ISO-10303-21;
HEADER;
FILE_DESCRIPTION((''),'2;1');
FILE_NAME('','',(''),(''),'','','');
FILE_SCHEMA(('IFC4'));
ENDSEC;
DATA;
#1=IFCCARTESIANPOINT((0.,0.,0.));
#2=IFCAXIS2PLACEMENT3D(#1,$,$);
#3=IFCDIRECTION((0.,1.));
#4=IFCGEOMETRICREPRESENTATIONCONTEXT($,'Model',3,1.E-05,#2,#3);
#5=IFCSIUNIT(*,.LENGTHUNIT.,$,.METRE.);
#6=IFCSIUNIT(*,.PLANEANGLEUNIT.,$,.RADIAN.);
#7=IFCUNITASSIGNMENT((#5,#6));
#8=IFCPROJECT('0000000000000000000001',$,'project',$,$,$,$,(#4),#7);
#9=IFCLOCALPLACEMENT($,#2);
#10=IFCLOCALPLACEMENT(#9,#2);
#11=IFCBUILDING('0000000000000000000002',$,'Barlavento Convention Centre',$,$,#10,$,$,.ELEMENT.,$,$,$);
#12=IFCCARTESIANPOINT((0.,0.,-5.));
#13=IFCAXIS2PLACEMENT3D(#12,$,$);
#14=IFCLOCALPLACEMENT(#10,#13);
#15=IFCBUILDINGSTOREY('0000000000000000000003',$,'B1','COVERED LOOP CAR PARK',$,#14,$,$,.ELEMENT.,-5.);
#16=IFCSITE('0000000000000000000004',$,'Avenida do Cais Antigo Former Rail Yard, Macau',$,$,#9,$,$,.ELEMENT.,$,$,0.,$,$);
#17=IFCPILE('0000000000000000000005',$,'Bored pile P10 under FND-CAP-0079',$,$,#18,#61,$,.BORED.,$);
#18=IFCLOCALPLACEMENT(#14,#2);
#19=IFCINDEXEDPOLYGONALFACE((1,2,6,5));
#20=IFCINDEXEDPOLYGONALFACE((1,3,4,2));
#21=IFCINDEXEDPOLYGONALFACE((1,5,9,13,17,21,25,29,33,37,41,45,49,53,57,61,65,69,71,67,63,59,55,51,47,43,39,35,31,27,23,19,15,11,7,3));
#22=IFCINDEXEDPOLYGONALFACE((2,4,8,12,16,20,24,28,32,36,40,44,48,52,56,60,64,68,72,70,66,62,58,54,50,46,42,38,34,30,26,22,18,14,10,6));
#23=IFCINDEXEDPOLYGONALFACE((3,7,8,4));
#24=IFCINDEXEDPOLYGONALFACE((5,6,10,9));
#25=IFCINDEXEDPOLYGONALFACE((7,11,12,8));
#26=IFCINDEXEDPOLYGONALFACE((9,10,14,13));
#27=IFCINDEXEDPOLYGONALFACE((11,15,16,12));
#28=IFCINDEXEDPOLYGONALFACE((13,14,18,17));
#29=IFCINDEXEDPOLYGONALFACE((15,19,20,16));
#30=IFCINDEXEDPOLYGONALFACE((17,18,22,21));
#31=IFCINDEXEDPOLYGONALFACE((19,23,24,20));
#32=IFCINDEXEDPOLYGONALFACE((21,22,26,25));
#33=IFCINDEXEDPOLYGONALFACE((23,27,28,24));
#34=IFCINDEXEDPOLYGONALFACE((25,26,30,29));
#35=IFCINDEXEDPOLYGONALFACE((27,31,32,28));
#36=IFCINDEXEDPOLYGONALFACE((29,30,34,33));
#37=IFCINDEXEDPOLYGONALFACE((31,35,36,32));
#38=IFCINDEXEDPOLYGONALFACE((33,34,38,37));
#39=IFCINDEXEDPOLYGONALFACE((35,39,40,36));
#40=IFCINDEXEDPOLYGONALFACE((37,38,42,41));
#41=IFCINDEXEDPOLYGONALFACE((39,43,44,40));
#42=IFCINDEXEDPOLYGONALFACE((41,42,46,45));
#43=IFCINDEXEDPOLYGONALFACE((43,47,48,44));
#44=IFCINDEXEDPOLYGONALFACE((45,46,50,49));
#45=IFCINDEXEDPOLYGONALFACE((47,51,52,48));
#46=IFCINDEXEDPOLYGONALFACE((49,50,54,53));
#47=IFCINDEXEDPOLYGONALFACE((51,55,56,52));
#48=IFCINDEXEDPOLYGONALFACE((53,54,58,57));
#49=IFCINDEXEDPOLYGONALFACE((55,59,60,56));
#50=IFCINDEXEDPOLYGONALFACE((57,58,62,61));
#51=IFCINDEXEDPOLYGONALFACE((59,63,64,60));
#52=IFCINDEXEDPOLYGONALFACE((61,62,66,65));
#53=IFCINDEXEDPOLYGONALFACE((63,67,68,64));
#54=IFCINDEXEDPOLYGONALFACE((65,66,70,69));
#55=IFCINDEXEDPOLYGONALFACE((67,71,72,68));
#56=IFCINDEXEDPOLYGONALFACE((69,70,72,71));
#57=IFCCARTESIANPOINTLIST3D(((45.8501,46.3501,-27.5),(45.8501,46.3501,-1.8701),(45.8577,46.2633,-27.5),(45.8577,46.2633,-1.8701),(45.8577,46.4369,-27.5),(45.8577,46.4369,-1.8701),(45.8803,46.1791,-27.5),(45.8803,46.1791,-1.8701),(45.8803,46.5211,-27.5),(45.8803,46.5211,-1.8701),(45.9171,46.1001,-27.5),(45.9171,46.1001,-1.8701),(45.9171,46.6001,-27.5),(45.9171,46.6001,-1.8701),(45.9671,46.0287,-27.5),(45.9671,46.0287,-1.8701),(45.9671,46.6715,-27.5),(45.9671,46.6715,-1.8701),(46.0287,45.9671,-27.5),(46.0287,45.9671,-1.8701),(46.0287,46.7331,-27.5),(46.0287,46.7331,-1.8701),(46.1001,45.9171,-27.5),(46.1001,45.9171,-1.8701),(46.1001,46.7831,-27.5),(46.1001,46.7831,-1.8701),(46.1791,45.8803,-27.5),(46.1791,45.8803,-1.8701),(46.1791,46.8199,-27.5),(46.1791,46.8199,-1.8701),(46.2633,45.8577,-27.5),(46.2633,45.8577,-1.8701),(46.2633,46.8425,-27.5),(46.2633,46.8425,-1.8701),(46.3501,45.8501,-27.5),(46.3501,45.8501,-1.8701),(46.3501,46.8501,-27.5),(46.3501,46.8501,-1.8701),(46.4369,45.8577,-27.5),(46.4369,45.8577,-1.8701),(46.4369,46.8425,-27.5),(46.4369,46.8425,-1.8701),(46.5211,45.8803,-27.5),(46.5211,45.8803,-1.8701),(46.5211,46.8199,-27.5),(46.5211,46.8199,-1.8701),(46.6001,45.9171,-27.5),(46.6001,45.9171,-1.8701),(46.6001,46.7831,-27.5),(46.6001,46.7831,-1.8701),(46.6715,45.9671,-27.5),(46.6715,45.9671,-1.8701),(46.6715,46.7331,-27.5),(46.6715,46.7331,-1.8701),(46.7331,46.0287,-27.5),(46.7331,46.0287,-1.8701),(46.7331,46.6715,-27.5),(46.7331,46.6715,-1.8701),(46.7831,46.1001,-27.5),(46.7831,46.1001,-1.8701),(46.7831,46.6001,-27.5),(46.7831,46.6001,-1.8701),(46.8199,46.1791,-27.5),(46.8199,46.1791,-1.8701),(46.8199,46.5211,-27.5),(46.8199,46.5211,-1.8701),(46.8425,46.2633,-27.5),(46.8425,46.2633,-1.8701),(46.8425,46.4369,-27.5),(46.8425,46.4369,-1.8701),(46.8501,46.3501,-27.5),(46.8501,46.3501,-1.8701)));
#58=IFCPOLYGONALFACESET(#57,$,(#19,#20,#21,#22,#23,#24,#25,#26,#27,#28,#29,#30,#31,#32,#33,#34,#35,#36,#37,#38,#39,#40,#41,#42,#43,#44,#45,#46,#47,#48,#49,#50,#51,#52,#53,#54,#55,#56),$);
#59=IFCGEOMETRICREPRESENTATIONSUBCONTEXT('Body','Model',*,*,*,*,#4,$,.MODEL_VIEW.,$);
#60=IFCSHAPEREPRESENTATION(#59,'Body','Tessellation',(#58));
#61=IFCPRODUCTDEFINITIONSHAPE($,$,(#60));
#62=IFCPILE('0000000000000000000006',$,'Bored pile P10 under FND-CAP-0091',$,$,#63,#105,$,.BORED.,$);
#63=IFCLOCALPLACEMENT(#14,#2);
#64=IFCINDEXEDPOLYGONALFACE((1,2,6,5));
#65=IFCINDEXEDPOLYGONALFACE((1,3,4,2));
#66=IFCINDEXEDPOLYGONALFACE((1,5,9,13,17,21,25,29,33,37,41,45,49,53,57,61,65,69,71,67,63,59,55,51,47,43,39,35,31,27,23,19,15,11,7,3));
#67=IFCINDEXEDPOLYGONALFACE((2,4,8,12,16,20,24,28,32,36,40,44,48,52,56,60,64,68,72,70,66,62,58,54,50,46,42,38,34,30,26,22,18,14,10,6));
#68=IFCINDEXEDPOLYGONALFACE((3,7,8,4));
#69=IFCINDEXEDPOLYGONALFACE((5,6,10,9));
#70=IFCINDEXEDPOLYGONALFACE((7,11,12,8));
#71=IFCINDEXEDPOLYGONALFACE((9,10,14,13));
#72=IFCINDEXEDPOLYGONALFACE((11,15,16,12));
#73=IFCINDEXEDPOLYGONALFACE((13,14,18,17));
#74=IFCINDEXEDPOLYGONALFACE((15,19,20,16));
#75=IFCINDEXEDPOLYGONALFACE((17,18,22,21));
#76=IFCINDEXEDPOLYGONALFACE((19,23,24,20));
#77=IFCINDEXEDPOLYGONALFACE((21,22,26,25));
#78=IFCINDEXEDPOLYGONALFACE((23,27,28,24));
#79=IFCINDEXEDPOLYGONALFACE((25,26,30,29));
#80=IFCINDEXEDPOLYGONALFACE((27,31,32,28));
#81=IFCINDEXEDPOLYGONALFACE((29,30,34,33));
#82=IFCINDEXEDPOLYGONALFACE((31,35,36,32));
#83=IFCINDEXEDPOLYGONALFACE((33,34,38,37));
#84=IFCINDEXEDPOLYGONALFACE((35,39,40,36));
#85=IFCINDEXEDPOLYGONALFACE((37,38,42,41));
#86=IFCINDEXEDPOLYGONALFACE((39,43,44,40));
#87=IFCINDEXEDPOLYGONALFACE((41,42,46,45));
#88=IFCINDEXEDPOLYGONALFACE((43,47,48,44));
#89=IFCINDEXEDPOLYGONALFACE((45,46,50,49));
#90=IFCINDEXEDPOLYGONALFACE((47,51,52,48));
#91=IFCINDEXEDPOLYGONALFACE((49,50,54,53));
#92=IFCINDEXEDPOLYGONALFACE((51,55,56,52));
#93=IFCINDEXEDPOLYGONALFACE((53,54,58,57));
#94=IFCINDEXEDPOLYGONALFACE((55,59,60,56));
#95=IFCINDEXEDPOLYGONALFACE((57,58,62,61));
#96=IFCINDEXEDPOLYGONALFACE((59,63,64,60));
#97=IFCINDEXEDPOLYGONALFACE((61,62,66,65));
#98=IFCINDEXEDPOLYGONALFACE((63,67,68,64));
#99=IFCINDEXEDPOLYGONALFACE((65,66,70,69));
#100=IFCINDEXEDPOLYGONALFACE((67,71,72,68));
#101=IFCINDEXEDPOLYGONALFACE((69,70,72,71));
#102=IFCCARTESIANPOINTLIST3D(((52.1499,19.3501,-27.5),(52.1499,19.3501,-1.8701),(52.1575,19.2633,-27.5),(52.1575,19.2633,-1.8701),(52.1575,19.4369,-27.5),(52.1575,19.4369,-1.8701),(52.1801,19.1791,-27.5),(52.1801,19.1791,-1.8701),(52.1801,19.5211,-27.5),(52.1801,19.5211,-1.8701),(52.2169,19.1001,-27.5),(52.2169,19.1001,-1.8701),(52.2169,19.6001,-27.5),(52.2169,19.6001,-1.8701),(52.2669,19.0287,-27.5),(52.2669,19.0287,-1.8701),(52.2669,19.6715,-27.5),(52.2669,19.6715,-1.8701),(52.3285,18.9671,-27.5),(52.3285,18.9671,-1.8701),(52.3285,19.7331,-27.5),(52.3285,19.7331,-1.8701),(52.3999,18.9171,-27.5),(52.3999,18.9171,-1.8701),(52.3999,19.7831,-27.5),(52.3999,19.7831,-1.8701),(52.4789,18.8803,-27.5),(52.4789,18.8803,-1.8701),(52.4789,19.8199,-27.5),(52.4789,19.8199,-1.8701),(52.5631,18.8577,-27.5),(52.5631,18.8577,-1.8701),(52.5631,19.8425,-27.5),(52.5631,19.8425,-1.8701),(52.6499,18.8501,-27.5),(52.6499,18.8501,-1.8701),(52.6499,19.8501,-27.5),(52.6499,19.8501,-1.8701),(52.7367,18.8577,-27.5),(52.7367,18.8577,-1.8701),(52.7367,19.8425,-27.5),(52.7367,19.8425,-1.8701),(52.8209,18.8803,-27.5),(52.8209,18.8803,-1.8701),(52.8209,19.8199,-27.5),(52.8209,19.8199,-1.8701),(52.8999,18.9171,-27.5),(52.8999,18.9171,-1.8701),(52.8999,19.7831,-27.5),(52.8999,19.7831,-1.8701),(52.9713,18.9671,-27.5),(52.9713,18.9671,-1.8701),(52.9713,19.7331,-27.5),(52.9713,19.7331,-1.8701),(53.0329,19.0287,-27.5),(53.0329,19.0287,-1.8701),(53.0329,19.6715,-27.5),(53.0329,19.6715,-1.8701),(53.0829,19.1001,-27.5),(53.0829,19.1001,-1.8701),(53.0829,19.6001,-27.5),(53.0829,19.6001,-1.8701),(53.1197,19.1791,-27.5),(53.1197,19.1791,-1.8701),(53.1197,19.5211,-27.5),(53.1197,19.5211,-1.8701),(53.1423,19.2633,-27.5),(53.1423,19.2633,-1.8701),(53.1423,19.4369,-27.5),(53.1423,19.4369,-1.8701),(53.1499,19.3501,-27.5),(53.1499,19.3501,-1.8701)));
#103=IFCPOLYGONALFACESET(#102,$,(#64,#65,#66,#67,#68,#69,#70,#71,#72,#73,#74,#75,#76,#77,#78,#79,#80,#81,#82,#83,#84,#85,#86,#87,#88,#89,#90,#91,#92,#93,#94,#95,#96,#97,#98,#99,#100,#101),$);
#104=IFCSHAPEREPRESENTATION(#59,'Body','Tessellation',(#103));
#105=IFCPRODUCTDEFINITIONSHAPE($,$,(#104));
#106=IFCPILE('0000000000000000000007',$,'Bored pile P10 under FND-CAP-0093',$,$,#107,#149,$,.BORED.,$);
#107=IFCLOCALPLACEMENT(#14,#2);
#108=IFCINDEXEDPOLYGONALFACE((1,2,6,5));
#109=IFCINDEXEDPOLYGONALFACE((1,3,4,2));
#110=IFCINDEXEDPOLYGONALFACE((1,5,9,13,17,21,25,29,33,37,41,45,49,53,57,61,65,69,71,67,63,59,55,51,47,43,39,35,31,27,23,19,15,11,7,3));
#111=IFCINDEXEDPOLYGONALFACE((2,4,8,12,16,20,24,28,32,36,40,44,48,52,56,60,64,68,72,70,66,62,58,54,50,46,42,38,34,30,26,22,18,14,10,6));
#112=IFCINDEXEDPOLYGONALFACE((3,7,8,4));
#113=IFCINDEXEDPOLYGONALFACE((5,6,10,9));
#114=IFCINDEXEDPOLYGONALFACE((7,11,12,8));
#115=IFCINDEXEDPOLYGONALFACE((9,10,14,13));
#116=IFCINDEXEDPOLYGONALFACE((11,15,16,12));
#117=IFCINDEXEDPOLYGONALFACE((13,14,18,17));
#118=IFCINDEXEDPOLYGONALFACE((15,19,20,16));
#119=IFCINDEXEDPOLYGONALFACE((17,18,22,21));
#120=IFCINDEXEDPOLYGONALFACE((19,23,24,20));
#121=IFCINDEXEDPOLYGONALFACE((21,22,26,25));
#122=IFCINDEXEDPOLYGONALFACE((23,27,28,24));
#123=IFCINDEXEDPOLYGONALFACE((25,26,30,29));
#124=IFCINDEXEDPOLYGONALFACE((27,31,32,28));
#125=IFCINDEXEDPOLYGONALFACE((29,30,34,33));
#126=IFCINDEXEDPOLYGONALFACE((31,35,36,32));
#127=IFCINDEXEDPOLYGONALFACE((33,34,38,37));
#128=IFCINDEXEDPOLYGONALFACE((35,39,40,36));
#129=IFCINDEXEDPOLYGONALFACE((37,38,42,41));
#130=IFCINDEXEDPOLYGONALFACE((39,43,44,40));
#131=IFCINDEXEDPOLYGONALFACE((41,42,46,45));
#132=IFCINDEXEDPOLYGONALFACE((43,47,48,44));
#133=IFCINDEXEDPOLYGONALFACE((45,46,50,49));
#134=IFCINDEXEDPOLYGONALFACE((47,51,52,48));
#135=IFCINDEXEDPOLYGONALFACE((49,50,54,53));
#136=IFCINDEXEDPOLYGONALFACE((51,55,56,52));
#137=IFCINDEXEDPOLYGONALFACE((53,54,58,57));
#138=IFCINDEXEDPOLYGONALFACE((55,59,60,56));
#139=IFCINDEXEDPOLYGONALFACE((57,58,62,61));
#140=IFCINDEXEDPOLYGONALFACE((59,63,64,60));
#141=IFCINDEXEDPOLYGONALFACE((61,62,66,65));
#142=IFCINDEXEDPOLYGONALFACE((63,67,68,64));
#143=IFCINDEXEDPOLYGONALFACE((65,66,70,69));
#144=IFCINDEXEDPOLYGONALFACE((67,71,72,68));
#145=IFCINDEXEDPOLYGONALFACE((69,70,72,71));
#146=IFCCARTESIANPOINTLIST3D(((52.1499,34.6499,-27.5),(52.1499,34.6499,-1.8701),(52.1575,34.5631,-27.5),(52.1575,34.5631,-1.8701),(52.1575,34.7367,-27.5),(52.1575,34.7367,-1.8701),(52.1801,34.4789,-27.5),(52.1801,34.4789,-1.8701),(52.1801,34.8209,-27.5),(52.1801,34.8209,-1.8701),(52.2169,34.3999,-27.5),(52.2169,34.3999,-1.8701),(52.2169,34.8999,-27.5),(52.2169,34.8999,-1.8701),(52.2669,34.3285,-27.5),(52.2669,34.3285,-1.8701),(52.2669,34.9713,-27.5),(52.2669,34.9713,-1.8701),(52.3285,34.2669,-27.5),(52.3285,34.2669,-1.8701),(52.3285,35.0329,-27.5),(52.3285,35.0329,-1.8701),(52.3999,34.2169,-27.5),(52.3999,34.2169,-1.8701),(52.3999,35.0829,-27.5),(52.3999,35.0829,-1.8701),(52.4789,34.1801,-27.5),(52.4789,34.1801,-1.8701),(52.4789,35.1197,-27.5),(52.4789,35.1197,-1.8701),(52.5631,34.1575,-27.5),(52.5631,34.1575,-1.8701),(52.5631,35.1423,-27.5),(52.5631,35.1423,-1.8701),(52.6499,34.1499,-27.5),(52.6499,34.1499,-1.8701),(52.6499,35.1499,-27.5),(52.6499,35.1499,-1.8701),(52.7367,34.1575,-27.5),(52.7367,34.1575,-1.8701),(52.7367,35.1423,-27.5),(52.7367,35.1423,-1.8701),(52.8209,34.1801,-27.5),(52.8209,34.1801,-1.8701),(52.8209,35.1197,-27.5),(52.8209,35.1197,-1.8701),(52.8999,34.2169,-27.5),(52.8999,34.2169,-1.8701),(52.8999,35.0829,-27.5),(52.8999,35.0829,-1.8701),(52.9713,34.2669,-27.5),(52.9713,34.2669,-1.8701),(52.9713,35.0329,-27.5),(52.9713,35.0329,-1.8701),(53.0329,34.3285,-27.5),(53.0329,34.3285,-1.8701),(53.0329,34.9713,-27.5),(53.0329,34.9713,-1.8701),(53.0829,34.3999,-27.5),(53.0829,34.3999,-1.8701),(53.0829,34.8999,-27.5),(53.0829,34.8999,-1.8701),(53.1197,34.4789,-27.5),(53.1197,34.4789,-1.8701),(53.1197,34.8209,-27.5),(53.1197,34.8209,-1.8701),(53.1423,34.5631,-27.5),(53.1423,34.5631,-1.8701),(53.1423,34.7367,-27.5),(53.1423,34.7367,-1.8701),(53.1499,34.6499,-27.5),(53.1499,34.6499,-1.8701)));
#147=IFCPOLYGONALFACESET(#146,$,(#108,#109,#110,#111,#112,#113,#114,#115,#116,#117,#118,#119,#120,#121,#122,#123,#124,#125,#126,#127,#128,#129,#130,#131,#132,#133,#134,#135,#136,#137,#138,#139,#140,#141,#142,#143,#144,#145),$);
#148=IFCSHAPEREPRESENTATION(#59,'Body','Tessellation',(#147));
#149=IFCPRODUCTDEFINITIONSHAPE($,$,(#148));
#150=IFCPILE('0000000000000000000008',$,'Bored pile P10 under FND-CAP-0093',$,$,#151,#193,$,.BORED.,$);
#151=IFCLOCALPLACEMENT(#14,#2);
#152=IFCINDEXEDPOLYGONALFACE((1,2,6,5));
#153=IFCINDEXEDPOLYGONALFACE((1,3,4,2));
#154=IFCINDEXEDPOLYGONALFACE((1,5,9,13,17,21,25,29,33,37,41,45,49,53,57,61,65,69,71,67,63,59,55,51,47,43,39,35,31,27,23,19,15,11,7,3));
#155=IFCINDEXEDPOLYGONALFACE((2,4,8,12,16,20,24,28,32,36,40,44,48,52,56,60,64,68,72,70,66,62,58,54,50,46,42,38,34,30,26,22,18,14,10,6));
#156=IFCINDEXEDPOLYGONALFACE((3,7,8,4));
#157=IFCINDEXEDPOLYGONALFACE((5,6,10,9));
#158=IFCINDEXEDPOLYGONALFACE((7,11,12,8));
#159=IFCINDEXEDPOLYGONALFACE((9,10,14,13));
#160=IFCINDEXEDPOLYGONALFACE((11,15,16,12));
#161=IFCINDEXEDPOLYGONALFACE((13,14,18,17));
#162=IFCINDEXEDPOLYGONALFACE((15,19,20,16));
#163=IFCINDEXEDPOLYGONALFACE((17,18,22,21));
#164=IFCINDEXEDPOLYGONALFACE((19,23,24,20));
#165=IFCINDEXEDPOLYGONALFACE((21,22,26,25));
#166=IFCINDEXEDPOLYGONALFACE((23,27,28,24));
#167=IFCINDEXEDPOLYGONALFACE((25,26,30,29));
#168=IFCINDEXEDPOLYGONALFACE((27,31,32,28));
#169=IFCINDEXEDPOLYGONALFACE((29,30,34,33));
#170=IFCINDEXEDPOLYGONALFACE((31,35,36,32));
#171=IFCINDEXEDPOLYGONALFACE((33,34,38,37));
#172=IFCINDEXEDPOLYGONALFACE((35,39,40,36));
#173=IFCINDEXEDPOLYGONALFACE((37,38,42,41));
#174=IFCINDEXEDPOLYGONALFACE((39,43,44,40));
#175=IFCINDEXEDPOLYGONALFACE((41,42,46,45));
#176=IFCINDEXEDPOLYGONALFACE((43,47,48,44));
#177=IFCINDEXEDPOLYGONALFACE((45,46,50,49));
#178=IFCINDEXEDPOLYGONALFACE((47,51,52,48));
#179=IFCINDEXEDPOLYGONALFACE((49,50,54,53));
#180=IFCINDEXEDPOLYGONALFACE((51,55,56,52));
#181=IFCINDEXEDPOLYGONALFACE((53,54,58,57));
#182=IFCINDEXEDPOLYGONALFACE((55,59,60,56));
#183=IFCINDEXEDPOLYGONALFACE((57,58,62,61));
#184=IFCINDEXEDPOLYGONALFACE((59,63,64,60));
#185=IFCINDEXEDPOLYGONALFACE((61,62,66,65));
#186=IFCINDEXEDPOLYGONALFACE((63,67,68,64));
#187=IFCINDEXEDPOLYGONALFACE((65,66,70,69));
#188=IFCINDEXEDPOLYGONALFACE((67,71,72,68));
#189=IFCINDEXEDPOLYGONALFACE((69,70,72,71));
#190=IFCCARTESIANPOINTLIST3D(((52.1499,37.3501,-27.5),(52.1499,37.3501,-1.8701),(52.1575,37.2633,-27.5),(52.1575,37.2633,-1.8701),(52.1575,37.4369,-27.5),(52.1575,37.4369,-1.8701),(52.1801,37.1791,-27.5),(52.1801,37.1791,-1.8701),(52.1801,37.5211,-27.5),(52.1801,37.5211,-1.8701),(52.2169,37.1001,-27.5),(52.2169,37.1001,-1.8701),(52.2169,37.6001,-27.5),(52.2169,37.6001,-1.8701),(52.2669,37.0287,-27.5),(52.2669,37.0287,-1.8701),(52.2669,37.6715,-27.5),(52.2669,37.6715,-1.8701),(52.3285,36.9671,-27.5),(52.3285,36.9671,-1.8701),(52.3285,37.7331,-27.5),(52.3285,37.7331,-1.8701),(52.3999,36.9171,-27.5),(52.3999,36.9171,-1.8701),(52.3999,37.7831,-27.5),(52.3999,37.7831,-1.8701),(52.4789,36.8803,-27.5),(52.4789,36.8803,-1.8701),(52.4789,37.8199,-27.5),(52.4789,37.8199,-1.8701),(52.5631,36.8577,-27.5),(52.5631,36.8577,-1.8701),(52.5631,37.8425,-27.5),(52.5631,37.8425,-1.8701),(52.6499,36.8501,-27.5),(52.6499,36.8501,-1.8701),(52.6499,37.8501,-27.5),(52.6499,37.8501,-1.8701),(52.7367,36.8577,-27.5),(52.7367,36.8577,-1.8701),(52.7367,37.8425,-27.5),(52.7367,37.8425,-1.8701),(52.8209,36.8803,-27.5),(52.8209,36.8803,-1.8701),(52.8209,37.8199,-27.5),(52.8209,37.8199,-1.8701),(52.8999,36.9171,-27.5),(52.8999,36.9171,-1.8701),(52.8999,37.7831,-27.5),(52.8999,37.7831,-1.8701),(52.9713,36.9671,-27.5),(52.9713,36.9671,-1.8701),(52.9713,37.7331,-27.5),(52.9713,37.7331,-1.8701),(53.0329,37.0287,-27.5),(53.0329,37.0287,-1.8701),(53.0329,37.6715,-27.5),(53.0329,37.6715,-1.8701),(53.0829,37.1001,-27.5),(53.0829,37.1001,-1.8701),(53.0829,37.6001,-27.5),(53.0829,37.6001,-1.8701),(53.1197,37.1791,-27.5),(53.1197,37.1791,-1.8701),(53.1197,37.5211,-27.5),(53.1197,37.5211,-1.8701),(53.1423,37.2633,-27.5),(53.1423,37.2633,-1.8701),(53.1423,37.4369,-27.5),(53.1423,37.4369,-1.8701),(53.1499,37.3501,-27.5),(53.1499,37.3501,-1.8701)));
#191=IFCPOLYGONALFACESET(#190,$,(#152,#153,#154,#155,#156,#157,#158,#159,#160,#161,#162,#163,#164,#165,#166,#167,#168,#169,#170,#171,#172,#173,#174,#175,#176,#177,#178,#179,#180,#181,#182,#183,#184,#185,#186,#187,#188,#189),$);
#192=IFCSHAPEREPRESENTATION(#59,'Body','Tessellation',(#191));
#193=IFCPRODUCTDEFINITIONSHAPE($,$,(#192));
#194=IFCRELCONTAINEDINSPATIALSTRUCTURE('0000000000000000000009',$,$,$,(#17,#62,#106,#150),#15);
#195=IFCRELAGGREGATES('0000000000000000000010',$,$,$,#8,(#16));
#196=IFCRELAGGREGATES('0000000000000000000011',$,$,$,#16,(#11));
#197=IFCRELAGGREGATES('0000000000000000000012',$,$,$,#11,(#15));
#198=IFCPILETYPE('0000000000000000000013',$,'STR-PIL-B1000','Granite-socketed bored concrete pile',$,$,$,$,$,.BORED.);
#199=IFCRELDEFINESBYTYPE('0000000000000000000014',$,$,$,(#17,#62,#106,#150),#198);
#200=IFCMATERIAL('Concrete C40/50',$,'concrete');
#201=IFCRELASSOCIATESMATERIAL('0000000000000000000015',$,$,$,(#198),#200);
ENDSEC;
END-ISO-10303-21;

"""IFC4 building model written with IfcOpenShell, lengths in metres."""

from ifc_helpers import new_model, si_unit, direction, frame, origin, origin_2d, place, context, subcontext, project, spatial, circle, extrude, material, material_profile, profile_set, type_object, element, save


model = new_model("IFC4")

# Units and contexts
model_context = context("Model", 3, precision=1e-05, world=origin(), true_north=direction((0.0, 1.0)))
body_context = subcontext(model_context, "Body", "Model", "MODEL_VIEW")
ifc_project = project(units=[si_unit("LENGTHUNIT", "METRE"), si_unit("PLANEANGLEUNIT", "RADIAN")], contexts=[model_context])

# Site, building, storey
site_placement = place(None, origin())
site = spatial("IfcSite", under=ifc_project, at=site_placement, Name="Avenida do Cais Antigo Former Rail Yard, Macau", CompositionType="ELEMENT", RefElevation=0.0)
building_placement = place(site_placement, origin())
building = spatial("IfcBuilding", under=site, at=building_placement, Name="Barlavento Convention Centre", CompositionType="ELEMENT")
storey_placement = place(building_placement, frame((0.0, 0.0, -5.0)))
storey = spatial("IfcBuildingStorey", under=building, at=storey_placement, Name="B1", Description="COVERED LOOP CAR PARK", CompositionType="ELEMENT", Elevation=-5.0)

# Shared definitions
ifc_material_1 = material(Name="Concrete C40/50", Category="concrete")

# Piles
ifc_material_profile_1 = material_profile(ifc_material_1, circle(Radius=0.5, at=origin_2d()), Name="BORED PILE 1000")
ifc_profile_set_1 = profile_set([ifc_material_profile_1], Name="Concrete C40/50")
pile_type_1 = type_object("IfcPileType", Name="STR-PIL-B1000", Description="Granite-socketed bored concrete pile", PredefinedType="BORED", material=ifc_profile_set_1)
for number, where, z_axis, x_axis, name in (
    (1, (46.3501, 46.3501, -1.8701), (0.0, 0.0, -1.0), (1.0, 0.0, 0.0), "Bored pile P10 under FND-CAP-0079"),
    (2, (52.6499, 19.3501, -1.8701), (0.0, 0.0, -1.0), (1.0, 0.0, 0.0), "Bored pile P10 under FND-CAP-0091"),
    (3, (52.6499, 34.6499, -1.8701), (0.0, 0.0, -1.0), (1.0, 0.0, 0.0), "Bored pile P10 under FND-CAP-0093"),
    (4, (52.6499, 37.3501, -1.8701), (0.0, 0.0, -1.0), (1.0, 0.0, 0.0), "Bored pile P10 under FND-CAP-0093"),
):
    element("IfcPile", number, at=place(storey_placement, frame(where, z_axis=z_axis, x_axis=x_axis)), inside=storey, type_object=pile_type_1, Name=name, PredefinedType="BORED", context=body_context, shape_type="SweptSolid", body=[
        extrude(circle(Radius=0.5, at=origin_2d()), origin(), (0.0, 0.0, 1.0), 25.6299),
    ])

save(model, "model.ifc")
